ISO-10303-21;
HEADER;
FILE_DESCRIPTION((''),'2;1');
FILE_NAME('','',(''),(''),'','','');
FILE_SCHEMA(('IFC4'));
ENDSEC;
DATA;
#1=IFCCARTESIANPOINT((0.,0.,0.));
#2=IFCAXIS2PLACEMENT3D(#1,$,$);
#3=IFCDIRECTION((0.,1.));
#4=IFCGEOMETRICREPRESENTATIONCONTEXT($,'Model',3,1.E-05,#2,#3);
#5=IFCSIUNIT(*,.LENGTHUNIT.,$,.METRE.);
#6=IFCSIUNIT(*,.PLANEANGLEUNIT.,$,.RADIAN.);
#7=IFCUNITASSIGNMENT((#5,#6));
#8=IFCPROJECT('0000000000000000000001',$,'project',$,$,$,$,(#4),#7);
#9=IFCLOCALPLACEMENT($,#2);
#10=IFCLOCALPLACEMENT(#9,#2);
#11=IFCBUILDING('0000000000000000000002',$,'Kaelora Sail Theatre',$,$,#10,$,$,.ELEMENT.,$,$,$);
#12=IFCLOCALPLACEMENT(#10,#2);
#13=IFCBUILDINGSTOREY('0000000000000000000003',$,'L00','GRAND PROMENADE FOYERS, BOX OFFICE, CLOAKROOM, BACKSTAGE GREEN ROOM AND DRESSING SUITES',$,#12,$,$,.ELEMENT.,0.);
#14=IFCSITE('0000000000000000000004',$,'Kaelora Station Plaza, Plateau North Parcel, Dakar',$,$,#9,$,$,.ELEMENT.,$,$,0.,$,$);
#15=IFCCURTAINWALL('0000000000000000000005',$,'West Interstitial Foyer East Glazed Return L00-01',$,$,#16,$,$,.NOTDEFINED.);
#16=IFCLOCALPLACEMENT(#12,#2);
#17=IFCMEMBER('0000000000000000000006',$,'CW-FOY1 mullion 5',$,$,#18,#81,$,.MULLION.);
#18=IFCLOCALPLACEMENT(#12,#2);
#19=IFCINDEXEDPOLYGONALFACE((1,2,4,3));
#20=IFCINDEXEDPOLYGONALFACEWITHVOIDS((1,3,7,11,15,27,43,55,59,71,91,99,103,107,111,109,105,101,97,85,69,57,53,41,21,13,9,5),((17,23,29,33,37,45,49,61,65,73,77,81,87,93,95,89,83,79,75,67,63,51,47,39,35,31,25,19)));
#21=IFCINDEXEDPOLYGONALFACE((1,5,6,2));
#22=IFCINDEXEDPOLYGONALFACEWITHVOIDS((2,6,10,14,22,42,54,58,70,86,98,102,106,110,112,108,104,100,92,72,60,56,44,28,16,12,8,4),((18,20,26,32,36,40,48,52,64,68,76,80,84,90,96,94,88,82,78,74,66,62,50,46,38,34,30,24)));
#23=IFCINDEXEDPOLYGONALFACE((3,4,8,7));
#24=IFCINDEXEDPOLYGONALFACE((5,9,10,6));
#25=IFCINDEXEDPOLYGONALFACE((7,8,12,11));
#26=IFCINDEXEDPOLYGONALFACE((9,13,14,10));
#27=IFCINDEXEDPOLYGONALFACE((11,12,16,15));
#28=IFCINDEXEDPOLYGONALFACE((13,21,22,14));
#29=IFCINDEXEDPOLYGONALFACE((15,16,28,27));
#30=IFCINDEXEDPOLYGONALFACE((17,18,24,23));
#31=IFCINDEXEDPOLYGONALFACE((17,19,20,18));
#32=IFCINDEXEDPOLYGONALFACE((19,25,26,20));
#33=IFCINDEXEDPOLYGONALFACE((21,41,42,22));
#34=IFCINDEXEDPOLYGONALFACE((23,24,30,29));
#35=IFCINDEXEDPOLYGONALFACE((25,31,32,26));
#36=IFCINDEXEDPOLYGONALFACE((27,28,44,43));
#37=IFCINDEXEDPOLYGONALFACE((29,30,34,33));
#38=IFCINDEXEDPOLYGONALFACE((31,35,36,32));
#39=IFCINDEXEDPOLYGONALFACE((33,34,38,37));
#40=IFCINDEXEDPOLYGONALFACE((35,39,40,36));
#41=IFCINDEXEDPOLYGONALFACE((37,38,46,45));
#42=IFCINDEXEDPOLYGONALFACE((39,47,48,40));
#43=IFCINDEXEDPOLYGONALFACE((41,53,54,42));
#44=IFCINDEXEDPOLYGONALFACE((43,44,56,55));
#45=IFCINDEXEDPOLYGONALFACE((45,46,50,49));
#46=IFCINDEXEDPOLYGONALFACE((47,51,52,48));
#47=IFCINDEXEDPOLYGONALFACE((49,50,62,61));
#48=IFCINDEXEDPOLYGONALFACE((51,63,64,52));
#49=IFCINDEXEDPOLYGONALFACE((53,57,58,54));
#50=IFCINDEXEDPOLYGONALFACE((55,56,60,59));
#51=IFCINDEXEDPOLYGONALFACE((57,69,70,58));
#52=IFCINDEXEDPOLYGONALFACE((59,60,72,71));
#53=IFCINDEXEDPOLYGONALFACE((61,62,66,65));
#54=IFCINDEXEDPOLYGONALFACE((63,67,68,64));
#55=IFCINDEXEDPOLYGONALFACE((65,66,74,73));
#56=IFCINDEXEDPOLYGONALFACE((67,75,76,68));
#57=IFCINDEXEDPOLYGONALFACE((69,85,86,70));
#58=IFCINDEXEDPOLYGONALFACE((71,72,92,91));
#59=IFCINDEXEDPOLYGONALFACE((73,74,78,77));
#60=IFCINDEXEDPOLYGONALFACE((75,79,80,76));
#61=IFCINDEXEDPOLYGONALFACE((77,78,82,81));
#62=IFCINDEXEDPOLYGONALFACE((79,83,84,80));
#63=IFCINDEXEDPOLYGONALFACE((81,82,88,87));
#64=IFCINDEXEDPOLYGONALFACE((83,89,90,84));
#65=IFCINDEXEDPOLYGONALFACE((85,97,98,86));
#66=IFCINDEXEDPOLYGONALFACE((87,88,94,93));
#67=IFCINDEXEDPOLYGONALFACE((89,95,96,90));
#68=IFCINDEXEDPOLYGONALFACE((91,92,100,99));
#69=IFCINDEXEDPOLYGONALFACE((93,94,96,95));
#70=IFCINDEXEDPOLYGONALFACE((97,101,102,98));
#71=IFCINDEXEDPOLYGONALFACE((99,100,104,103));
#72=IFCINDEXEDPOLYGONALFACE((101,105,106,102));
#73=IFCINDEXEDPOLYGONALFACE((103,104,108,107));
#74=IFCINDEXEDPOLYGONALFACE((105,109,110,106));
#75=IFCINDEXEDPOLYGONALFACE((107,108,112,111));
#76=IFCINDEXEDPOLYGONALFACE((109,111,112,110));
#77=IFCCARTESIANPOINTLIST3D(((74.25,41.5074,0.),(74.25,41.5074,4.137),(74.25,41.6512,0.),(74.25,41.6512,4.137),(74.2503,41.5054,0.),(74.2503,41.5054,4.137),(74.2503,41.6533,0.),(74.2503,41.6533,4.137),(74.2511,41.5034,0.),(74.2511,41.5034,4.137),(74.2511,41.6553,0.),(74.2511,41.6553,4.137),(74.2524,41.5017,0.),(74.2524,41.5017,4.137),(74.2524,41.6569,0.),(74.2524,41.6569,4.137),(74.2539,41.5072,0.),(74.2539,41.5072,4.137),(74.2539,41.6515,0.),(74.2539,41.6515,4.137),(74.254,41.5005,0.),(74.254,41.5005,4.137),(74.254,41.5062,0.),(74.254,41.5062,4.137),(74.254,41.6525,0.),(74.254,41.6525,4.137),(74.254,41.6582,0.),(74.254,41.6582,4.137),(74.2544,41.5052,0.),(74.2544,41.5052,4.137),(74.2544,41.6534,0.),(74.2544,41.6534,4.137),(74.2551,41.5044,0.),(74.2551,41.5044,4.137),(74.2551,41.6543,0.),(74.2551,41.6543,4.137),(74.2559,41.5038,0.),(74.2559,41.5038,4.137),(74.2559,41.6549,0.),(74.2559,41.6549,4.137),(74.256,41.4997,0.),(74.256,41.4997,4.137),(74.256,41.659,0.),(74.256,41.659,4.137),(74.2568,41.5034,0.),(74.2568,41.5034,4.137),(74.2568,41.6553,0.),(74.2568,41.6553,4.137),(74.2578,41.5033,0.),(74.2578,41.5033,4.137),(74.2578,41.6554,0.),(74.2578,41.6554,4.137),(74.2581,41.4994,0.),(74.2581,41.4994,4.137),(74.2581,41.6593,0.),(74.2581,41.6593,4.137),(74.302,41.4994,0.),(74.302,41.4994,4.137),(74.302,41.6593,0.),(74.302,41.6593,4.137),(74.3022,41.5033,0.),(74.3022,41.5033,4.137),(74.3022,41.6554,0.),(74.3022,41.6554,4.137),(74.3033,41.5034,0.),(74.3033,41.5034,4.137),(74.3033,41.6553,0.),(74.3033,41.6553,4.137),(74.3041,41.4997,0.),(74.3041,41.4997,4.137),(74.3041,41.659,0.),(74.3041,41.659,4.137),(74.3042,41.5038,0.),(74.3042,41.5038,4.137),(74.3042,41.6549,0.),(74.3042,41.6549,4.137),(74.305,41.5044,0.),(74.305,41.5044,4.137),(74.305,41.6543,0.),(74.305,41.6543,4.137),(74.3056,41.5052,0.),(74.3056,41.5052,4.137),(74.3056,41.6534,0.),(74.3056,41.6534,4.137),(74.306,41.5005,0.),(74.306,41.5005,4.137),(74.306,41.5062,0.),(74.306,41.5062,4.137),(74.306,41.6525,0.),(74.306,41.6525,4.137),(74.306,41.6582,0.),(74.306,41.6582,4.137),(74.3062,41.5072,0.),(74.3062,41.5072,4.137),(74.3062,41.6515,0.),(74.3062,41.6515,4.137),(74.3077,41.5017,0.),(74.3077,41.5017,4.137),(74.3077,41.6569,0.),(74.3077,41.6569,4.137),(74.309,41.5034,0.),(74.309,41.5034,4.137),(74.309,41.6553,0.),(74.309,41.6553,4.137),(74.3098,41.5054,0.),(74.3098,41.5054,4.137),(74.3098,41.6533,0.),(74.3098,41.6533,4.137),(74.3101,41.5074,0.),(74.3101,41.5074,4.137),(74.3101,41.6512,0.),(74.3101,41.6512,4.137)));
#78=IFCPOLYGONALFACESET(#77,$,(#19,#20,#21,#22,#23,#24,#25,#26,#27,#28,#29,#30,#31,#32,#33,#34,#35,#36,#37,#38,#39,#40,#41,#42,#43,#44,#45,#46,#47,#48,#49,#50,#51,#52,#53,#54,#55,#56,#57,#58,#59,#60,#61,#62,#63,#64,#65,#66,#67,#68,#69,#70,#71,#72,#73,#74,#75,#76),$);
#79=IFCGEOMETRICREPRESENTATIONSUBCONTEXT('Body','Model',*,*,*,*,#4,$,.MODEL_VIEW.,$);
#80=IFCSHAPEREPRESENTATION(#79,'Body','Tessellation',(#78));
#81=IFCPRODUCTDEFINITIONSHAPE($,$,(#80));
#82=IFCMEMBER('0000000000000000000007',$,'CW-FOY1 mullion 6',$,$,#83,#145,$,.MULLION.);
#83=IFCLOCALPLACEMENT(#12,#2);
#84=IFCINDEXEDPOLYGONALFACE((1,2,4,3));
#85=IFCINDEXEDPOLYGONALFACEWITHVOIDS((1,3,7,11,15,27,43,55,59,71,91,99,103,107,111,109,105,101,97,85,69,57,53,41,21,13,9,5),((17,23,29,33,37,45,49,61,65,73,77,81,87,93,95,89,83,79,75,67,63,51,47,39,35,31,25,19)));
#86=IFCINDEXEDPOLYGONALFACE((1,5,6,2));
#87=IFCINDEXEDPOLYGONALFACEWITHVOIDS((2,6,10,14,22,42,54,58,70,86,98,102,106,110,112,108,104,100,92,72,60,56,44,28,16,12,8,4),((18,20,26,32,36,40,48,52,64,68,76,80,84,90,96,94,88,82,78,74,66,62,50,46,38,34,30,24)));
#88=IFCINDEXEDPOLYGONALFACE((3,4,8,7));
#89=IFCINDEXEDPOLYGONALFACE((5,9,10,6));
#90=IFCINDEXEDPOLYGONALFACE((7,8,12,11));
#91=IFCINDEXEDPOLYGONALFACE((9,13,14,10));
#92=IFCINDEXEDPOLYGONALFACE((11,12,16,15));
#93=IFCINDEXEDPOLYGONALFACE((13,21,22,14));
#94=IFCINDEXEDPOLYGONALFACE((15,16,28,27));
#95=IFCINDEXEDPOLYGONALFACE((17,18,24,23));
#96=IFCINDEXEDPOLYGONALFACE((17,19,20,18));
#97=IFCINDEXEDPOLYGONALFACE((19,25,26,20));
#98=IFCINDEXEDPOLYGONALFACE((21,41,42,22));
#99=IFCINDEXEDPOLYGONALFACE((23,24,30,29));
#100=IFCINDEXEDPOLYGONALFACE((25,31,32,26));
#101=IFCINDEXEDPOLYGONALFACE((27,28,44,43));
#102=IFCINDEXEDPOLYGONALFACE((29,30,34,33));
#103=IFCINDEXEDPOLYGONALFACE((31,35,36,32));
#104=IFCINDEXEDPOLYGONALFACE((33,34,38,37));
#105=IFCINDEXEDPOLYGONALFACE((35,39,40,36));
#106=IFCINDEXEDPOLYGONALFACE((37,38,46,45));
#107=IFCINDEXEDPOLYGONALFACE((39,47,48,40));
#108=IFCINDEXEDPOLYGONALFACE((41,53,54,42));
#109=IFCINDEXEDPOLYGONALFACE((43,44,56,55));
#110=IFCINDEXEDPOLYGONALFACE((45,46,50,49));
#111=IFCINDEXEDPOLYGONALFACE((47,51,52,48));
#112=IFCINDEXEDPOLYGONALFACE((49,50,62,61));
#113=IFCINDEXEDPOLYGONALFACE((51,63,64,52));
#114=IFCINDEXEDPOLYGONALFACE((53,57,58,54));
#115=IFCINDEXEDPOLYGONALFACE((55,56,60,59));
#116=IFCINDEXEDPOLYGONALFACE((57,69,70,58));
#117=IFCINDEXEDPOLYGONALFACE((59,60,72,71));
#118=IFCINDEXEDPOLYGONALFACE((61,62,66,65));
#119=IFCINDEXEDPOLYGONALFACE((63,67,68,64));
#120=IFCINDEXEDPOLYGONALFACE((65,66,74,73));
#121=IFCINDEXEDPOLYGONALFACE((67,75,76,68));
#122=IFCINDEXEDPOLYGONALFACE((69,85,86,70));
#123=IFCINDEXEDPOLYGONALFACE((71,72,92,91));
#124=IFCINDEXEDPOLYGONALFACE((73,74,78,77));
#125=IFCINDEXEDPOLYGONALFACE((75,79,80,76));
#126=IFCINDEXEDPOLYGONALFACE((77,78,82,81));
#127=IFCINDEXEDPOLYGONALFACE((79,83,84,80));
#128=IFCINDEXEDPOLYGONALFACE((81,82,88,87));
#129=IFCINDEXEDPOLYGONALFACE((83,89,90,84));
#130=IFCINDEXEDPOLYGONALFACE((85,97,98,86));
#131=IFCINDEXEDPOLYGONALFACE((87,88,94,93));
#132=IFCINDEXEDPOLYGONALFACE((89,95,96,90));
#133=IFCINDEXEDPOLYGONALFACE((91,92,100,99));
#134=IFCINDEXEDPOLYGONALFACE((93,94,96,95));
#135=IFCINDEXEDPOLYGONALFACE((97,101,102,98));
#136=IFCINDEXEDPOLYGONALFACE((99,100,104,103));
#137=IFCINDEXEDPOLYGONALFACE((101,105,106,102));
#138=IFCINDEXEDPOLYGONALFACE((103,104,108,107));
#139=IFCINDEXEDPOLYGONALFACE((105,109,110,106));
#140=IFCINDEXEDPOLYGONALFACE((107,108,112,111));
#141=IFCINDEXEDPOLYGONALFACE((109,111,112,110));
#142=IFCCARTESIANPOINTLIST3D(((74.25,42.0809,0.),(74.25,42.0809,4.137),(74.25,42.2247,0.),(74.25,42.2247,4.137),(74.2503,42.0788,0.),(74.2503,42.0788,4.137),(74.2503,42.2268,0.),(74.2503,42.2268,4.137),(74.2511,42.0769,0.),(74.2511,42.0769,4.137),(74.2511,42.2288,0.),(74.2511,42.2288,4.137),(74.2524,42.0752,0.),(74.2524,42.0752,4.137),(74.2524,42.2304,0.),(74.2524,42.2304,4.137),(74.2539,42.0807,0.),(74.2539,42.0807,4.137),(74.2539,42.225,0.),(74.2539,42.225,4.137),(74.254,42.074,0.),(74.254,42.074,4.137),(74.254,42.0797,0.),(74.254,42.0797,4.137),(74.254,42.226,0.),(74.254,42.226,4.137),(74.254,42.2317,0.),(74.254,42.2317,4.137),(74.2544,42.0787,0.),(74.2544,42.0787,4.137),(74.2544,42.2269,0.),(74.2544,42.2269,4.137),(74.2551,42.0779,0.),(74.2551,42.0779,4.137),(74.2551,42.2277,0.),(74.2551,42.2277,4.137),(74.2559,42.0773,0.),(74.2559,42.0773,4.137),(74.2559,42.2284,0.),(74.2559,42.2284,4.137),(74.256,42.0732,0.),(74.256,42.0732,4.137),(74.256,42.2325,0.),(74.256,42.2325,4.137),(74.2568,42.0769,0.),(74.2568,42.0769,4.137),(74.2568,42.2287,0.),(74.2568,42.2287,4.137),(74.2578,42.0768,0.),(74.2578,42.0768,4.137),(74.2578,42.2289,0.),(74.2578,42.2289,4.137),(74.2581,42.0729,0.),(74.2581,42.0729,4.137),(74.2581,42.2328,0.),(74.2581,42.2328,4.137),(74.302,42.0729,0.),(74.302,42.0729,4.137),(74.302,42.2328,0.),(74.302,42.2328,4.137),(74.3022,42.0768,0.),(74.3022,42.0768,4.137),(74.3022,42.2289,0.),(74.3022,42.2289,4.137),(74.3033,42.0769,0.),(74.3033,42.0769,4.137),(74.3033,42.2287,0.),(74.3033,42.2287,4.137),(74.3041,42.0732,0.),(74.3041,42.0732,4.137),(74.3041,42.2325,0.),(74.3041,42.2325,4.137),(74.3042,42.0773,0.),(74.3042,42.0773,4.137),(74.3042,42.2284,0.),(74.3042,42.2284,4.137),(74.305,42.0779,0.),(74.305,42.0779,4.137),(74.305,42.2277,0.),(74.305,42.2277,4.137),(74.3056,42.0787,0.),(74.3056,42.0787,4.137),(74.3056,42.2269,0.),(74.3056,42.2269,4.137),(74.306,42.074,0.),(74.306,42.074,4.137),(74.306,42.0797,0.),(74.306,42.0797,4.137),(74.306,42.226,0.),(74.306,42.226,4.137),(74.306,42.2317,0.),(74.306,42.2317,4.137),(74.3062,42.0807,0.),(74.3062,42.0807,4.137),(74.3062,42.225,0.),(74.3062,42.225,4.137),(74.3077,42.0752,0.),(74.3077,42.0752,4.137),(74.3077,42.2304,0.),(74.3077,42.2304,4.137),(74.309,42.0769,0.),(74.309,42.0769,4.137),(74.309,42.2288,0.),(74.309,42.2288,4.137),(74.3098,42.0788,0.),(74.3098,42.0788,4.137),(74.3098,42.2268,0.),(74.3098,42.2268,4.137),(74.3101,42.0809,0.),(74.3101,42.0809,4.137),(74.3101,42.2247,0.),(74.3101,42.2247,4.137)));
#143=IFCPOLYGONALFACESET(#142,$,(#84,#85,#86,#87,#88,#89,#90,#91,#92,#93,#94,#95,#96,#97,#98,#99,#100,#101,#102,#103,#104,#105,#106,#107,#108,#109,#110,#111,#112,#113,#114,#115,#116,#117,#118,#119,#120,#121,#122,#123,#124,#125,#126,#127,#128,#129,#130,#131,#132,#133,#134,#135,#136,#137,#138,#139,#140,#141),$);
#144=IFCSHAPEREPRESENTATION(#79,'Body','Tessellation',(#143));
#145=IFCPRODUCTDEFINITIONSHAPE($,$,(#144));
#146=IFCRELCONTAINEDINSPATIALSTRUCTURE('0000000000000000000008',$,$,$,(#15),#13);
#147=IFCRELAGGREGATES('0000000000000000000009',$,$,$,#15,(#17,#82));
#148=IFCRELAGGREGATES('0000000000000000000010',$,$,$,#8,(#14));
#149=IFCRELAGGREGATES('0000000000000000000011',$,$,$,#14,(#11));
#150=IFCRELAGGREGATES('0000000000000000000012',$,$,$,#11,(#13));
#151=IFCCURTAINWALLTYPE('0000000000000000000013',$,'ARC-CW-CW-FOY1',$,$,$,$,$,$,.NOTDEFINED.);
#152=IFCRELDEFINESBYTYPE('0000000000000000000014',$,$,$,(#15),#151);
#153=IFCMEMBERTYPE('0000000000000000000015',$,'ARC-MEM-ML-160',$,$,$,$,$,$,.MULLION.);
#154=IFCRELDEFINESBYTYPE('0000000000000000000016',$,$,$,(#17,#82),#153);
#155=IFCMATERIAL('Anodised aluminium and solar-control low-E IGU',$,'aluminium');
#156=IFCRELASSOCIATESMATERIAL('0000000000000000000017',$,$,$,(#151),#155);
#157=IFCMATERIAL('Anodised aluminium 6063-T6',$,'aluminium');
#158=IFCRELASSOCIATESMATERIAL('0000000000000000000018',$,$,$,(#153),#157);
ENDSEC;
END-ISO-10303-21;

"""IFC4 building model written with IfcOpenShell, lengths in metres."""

from ifc_helpers import new_model, si_unit, direction, frame, origin, origin_2d, place, context, subcontext, project, spatial, hollow_rectangle, extrude, material, material_profile, profile_set, type_object, element, aggregate, save


model = new_model("IFC4")

# Units and contexts
model_context = context("Model", 3, precision=1e-05, world=origin(), true_north=direction((0.0, 1.0)))
body_context = subcontext(model_context, "Body", "Model", "MODEL_VIEW")
ifc_project = project(units=[si_unit("LENGTHUNIT", "METRE"), si_unit("PLANEANGLEUNIT", "RADIAN")], contexts=[model_context])

# Site, building, storey
site_placement = place(None, origin())
site = spatial("IfcSite", under=ifc_project, at=site_placement, Name="Kaelora Station Plaza, Plateau North Parcel, Dakar", CompositionType="ELEMENT", RefElevation=0.0)
building_placement = place(site_placement, origin())
building = spatial("IfcBuilding", under=site, at=building_placement, Name="Kaelora Sail Theatre", CompositionType="ELEMENT")
storey_placement = place(building_placement, origin())
storey = spatial("IfcBuildingStorey", under=building, at=storey_placement, Name="L00", Description="GRAND PROMENADE FOYERS, BOX OFFICE, CLOAKROOM, BACKSTAGE GREEN ROOM AND DRESSING SUITES", CompositionType="ELEMENT", Elevation=0.0)

# Curtain wall, members
ifc_material_1 = material(Name="Anodised aluminium and solar-control low-E IGU", Category="aluminium")
curtain_wall_type = type_object("IfcCurtainWallType", Name="ARC-CW-CW-FOY1", PredefinedType="NOTDEFINED", material=ifc_material_1)
curtain_wall_placement = place(storey_placement, origin())
curtain_wall = element("IfcCurtainWall", 1, at=curtain_wall_placement, inside=storey, type_object=curtain_wall_type, Name="West Interstitial Foyer East Glazed Return L00-01", PredefinedType="NOTDEFINED")
ifc_material_2 = material(Name="Anodised aluminium 6063-T6", Category="aluminium")
ifc_material_profile_1 = material_profile(ifc_material_2, hollow_rectangle(XDim=0.0601, YDim=0.1599, WallThickness=0.0039, InnerFilletRadius=0.0039, OuterFilletRadius=0.0081, at=origin_2d()), Name="ALU-MULL 60x160x4")
ifc_profile_set_1 = profile_set([ifc_material_profile_1], Name="Anodised aluminium 6063-T6")
member_type_1 = type_object("IfcMemberType", Name="ARC-MEM-ML-160", PredefinedType="MULLION", material=ifc_profile_set_1)
member_1_placement = place(storey_placement, frame((74.28, 41.5793, 0.0), z_axis=(0.0, 0.0, 1.0), x_axis=(-1.0, 0.0, 0.0)))
member_1 = element("IfcMember", 2, at=member_1_placement, type_object=member_type_1, Name="CW-FOY1 mullion 5", PredefinedType="MULLION", context=body_context, shape_type="SweptSolid", body=[
    extrude(hollow_rectangle(XDim=0.0601, YDim=0.1599, WallThickness=0.0039, InnerFilletRadius=0.0039, OuterFilletRadius=0.0081, at=origin_2d()), origin(), (0.0, 0.0, 1.0), 4.137),
])
member_2_placement = place(storey_placement, frame((74.28, 42.1528, 0.0), z_axis=(0.0, 0.0, 1.0), x_axis=(-1.0, 0.0, 0.0)))
member_2 = element("IfcMember", 3, at=member_2_placement, type_object=member_type_1, Name="CW-FOY1 mullion 6", PredefinedType="MULLION", context=body_context, shape_type="SweptSolid", body=[
    extrude(hollow_rectangle(XDim=0.0601, YDim=0.1599, WallThickness=0.0039, InnerFilletRadius=0.0039, OuterFilletRadius=0.0081, at=origin_2d()), origin(), (0.0, 0.0, 1.0), 4.137),
])

aggregate(curtain_wall, [member_1, member_2])

save(model, "model.ifc")
